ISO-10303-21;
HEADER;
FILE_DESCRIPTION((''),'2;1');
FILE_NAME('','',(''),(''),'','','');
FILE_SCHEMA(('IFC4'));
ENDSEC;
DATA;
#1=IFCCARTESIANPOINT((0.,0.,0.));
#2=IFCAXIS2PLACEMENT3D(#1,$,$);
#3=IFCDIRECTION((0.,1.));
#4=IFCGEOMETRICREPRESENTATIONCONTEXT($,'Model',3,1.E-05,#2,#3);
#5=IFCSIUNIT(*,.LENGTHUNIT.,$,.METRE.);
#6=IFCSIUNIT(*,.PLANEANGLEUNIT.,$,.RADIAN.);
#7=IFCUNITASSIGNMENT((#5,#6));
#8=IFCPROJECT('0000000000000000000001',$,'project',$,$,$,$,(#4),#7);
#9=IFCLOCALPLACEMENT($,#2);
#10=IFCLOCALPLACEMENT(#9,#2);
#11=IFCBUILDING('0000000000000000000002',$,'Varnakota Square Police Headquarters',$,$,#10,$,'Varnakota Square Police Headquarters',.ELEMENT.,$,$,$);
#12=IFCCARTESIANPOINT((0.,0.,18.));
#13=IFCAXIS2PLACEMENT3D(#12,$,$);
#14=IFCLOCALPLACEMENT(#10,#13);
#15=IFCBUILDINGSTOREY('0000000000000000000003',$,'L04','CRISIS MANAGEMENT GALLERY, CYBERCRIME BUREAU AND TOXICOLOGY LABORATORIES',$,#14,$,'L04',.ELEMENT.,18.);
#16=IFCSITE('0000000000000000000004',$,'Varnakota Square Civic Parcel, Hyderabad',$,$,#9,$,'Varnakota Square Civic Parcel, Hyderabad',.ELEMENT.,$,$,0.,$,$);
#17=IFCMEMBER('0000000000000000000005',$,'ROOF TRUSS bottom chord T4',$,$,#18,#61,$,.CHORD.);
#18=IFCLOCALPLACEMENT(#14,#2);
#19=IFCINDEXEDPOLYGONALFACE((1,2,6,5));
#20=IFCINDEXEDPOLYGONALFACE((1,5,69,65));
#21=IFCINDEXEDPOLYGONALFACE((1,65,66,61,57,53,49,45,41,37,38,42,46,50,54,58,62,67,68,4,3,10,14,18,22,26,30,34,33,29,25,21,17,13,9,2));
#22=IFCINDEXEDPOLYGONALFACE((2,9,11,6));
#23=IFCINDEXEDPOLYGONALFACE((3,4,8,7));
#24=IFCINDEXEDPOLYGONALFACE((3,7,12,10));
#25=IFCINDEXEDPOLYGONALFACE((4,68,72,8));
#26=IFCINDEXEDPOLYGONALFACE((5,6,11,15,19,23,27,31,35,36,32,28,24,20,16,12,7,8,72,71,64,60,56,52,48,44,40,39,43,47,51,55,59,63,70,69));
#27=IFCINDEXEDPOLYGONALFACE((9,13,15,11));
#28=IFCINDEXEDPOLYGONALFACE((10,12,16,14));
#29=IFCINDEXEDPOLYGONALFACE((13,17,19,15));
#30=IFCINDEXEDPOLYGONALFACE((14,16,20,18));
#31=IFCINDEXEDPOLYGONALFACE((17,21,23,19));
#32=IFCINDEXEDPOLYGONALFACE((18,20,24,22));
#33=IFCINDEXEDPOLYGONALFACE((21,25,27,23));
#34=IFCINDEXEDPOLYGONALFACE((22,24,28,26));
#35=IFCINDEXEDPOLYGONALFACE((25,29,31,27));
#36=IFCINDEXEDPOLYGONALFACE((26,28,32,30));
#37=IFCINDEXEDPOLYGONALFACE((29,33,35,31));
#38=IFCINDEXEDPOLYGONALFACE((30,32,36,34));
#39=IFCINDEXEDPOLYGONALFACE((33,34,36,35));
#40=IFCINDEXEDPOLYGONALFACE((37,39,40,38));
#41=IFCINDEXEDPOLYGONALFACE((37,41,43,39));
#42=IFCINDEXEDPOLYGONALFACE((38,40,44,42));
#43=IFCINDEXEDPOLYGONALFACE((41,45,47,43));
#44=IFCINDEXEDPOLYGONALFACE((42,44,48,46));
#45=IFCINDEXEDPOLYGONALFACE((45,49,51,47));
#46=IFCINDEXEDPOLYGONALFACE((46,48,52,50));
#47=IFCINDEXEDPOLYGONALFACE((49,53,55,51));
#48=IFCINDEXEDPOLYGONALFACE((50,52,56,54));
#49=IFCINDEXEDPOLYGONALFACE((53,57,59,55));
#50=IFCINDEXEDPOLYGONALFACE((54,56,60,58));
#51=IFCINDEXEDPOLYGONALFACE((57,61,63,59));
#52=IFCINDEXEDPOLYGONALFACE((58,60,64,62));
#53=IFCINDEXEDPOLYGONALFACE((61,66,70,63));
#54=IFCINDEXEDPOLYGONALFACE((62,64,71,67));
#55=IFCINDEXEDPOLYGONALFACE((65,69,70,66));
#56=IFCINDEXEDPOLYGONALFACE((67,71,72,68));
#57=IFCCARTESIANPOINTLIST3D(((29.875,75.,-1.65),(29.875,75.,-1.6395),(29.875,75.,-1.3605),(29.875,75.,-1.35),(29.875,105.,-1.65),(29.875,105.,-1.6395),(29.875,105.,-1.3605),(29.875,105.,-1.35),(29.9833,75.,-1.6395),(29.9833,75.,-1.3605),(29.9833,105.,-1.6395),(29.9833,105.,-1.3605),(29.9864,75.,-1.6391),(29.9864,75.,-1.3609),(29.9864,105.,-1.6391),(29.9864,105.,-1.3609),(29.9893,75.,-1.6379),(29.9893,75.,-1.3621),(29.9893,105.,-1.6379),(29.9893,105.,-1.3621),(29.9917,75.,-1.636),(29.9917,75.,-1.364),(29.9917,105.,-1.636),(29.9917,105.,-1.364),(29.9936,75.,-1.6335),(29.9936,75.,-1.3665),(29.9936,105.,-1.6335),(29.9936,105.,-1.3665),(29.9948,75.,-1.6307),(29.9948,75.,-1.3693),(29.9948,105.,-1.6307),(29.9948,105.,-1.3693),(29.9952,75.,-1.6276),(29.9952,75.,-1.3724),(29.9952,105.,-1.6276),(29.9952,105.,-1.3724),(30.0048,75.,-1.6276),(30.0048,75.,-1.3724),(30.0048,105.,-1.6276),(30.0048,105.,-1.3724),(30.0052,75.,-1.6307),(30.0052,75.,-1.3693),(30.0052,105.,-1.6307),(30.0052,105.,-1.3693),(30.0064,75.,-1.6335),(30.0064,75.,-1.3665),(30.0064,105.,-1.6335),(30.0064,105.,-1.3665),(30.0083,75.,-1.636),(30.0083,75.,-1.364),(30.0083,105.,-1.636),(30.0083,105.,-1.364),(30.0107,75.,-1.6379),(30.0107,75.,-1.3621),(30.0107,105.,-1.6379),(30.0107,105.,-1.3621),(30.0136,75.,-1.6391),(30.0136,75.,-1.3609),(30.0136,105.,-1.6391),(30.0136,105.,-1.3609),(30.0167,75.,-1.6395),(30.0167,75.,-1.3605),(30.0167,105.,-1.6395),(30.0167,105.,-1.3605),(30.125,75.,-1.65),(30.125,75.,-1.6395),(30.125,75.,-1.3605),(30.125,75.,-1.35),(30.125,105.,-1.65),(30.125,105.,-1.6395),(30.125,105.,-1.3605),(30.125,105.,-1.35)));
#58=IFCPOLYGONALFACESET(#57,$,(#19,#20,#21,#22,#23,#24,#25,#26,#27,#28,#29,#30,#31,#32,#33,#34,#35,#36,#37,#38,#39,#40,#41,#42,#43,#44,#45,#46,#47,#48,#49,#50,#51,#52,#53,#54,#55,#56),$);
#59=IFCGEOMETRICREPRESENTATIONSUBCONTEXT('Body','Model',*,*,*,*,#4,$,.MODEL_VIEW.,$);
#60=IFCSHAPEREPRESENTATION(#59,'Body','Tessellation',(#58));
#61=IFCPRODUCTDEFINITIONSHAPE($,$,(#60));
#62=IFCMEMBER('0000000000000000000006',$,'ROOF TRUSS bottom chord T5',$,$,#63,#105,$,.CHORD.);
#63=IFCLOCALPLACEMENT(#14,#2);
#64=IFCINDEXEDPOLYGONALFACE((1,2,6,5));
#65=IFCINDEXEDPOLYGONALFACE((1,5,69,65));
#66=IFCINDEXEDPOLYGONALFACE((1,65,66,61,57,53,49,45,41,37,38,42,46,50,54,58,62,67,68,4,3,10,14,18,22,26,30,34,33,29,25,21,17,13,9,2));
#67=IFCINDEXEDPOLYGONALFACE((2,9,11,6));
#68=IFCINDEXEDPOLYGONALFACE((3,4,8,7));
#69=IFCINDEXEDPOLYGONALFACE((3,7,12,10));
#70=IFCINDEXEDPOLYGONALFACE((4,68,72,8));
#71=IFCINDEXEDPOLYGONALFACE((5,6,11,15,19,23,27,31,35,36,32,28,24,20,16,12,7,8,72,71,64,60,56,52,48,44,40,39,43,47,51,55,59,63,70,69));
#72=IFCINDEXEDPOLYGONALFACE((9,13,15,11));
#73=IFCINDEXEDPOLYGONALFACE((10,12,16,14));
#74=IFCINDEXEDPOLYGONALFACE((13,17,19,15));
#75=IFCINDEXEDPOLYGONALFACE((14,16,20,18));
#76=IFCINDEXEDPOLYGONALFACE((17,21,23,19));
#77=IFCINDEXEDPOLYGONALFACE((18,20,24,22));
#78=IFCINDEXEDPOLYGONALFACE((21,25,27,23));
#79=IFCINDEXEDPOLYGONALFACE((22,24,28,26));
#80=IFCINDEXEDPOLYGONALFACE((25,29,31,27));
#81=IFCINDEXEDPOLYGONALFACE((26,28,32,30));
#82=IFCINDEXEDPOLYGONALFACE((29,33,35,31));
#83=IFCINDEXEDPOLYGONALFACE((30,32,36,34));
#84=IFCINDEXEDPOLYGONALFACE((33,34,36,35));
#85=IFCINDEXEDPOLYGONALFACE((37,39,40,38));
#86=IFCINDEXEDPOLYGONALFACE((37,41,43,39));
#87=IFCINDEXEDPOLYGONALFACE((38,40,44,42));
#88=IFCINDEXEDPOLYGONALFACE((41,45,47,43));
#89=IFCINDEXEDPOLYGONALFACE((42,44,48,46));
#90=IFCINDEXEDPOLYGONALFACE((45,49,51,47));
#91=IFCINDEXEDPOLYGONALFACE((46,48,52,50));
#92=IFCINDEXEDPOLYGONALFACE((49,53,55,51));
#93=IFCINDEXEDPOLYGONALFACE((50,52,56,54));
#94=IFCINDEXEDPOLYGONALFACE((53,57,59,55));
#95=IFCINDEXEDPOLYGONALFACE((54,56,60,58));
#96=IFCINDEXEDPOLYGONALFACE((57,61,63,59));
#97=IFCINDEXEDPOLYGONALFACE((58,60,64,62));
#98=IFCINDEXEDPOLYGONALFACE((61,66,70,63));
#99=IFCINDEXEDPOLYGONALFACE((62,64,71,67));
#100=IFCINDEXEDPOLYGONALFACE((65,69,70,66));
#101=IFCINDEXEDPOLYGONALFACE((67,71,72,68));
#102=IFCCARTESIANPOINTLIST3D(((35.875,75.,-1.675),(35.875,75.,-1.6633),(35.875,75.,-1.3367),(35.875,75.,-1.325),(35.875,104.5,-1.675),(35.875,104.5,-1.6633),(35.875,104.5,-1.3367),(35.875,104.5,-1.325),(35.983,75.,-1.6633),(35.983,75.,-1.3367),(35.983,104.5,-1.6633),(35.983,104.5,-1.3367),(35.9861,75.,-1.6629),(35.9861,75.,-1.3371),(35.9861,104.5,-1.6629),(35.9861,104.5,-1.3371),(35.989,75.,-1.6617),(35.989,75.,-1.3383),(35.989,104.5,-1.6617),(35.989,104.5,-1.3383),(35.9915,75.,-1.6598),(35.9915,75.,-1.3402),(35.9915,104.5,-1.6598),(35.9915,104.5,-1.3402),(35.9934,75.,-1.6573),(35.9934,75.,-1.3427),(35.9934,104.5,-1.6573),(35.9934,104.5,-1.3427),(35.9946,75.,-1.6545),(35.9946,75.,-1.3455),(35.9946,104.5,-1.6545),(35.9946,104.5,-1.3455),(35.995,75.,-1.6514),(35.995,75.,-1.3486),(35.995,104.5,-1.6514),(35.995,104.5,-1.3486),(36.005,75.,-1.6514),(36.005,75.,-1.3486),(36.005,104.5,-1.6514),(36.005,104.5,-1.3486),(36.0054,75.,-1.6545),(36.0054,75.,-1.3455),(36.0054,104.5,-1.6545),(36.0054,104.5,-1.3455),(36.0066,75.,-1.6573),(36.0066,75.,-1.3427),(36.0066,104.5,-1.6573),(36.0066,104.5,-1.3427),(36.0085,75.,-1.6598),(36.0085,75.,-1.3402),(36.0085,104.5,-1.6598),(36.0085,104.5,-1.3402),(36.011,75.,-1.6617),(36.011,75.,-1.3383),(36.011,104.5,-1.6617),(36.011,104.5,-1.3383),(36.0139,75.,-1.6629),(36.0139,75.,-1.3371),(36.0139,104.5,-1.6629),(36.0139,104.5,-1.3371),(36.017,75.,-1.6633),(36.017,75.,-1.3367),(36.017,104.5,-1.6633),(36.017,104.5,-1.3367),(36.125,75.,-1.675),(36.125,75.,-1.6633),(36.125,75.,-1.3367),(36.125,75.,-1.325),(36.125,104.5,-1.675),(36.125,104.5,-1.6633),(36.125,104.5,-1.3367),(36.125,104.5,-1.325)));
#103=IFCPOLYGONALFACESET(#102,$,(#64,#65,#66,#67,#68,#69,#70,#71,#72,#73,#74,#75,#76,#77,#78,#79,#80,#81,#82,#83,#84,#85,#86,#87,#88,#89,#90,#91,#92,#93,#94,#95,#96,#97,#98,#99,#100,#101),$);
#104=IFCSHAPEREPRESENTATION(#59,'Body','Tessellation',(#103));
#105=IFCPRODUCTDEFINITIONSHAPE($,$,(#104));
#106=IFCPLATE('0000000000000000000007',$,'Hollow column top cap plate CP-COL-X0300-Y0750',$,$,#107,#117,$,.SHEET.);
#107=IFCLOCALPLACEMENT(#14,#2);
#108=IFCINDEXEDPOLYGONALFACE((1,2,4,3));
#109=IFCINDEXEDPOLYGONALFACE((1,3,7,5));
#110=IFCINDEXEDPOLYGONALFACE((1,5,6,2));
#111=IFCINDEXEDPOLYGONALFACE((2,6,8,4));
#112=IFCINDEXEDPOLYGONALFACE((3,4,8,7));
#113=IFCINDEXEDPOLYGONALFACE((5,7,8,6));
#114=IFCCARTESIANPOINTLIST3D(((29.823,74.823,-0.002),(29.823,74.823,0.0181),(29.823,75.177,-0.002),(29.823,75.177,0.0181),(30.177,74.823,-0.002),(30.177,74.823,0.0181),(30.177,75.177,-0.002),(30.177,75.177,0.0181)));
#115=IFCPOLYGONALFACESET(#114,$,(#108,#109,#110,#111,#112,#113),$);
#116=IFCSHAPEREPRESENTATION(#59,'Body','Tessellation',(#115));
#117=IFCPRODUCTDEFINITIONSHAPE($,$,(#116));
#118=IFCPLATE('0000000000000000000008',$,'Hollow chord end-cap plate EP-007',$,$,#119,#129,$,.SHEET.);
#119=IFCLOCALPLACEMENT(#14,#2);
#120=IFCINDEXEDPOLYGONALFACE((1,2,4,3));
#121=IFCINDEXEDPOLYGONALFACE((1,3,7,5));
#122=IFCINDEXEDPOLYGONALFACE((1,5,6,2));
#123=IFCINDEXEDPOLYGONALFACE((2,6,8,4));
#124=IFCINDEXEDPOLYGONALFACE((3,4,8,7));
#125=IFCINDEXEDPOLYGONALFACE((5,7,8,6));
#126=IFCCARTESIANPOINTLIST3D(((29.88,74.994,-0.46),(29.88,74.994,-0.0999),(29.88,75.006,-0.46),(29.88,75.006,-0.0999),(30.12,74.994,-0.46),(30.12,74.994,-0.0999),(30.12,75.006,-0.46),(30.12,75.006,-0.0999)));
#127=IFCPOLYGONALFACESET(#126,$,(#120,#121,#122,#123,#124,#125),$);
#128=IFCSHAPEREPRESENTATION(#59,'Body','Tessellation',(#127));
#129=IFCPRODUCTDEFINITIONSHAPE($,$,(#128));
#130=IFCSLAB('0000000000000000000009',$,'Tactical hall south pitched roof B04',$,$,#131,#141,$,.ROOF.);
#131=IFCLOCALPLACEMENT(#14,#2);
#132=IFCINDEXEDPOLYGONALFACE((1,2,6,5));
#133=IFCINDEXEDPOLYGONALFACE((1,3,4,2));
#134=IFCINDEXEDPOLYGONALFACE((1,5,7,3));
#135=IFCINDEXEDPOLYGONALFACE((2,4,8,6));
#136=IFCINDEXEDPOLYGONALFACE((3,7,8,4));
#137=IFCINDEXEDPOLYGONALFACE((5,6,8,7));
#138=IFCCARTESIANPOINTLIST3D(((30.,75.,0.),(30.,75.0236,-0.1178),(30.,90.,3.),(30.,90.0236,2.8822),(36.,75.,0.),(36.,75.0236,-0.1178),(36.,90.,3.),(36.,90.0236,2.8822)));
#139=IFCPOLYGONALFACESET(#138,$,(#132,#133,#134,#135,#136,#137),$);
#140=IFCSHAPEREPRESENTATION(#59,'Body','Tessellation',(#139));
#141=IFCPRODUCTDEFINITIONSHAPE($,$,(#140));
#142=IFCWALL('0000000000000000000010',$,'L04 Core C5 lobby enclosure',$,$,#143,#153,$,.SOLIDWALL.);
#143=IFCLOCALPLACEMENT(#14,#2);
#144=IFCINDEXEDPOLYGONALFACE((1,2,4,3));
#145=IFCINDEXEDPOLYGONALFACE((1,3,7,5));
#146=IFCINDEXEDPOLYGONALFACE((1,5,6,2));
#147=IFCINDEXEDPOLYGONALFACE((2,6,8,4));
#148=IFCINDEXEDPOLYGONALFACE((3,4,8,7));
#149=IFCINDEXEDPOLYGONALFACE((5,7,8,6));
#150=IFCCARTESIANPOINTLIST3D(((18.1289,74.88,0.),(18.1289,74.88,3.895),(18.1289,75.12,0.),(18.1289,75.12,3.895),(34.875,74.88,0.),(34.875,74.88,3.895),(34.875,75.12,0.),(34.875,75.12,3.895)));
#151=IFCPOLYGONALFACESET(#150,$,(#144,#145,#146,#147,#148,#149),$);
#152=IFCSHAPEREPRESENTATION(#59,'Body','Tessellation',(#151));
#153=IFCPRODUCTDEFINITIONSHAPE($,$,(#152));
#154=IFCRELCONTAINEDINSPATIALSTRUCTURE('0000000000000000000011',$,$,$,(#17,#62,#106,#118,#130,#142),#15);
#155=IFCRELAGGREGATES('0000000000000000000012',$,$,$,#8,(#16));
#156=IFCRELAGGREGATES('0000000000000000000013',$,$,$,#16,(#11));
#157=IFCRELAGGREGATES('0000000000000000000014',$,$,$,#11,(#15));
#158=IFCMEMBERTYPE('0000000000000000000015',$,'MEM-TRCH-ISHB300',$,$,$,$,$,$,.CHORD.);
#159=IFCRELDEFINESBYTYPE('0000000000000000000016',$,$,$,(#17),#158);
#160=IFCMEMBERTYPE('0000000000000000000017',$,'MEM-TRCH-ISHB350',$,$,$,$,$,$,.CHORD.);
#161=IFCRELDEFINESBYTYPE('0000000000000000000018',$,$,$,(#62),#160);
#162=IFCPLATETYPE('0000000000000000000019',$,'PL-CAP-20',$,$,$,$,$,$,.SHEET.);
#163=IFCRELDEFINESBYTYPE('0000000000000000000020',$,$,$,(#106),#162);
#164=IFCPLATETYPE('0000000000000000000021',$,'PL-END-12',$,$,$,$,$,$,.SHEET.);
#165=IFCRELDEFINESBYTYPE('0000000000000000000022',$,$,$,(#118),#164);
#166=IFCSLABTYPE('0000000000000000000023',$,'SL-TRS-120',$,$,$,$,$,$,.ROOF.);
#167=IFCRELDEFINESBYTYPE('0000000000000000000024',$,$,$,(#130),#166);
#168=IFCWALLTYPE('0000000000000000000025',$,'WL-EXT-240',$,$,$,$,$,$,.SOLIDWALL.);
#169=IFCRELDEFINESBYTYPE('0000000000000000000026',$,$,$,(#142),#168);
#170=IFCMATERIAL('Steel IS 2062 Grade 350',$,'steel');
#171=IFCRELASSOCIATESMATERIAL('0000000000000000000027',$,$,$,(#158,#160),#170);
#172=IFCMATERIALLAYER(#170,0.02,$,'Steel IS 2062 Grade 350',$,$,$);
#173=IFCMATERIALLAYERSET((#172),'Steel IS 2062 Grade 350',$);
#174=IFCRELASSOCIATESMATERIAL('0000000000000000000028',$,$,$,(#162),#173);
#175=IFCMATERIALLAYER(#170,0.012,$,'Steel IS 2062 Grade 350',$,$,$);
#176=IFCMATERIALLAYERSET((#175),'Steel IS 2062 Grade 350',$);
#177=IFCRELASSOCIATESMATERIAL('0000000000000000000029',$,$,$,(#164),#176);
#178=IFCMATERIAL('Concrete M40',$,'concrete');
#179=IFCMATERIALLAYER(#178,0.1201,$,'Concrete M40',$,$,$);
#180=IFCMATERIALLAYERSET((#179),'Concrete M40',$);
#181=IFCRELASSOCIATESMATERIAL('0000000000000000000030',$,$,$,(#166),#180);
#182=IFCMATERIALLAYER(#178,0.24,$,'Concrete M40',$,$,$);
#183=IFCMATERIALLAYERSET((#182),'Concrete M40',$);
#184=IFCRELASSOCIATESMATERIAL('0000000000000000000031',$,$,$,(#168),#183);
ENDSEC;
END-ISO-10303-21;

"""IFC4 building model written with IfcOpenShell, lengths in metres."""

from ifc_helpers import new_model, si_unit, direction, frame, frame_2d, origin, origin_2d, place, context, subcontext, project, spatial, polyline, rectangle, i_section, outline, extrude, material, layer, layer_set, material_profile, profile_set, type_object, element, save


model = new_model("IFC4")

# Units and contexts
model_context = context("Model", 3, precision=1e-05, world=origin(), true_north=direction((0.0, 1.0)))
body_context = subcontext(model_context, "Body", "Model", "MODEL_VIEW")
ifc_project = project(units=[si_unit("LENGTHUNIT", "METRE"), si_unit("PLANEANGLEUNIT", "RADIAN")], contexts=[model_context])

# Site, building, storey
site_placement = place(None, origin())
site = spatial("IfcSite", under=ifc_project, at=site_placement, Name="Varnakota Square Civic Parcel, Hyderabad", LongName="Varnakota Square Civic Parcel, Hyderabad", CompositionType="ELEMENT", RefElevation=0.0)
building_placement = place(site_placement, origin())
building = spatial("IfcBuilding", under=site, at=building_placement, Name="Varnakota Square Police Headquarters", LongName="Varnakota Square Police Headquarters", CompositionType="ELEMENT")
storey_placement = place(building_placement, frame((0.0, 0.0, 18.0)))
storey = spatial("IfcBuildingStorey", under=building, at=storey_placement, Name="L04", Description="CRISIS MANAGEMENT GALLERY, CYBERCRIME BUREAU AND TOXICOLOGY LABORATORIES", LongName="L04", CompositionType="ELEMENT", Elevation=18.0)

# Shared definitions
ifc_material_1 = material(Name="Steel IS 2062 Grade 350", Category="steel")

# Members
ifc_material_profile_1 = material_profile(ifc_material_1, i_section(OverallWidth=0.25, OverallDepth=0.3, WebThickness=0.0095, FlangeThickness=0.0105, FilletRadius=0.012, at=origin_2d()), Name="ISHB 300")
ifc_profile_set_1 = profile_set([ifc_material_profile_1], Name="Steel IS 2062 Grade 350")
member_type_1 = type_object("IfcMemberType", Name="MEM-TRCH-ISHB300", PredefinedType="CHORD", material=ifc_profile_set_1)
member_1_placement = place(storey_placement, frame((30.0, 75.0, -1.5), z_axis=(0.0, 1.0, 0.0), x_axis=(-1.0, 0.0, 0.0)))
element("IfcMember", 1, at=member_1_placement, inside=storey, type_object=member_type_1, Name="ROOF TRUSS bottom chord T4", PredefinedType="CHORD", context=body_context, shape_type="SweptSolid", body=[
    extrude(i_section(OverallWidth=0.25, OverallDepth=0.3, WebThickness=0.0095, FlangeThickness=0.0105, FilletRadius=0.012, at=origin_2d()), origin(), (0.0, 0.0, 1.0), 30.0),
])
ifc_material_profile_2 = material_profile(ifc_material_1, i_section(OverallWidth=0.25, OverallDepth=0.3501, WebThickness=0.01, FlangeThickness=0.0117, FilletRadius=0.012, at=origin_2d()), Name="ISHB 350")
ifc_profile_set_2 = profile_set([ifc_material_profile_2], Name="Steel IS 2062 Grade 350")
member_type_2 = type_object("IfcMemberType", Name="MEM-TRCH-ISHB350", PredefinedType="CHORD", material=ifc_profile_set_2)
member_2_placement = place(storey_placement, frame((36.0, 75.0, -1.5), z_axis=(0.0, 1.0, 0.0), x_axis=(-1.0, 0.0, 0.0)))
element("IfcMember", 2, at=member_2_placement, inside=storey, type_object=member_type_2, Name="ROOF TRUSS bottom chord T5", PredefinedType="CHORD", context=body_context, shape_type="SweptSolid", body=[
    extrude(i_section(OverallWidth=0.25, OverallDepth=0.3501, WebThickness=0.01, FlangeThickness=0.0117, FilletRadius=0.012, at=origin_2d()), origin(), (0.0, 0.0, 1.0), 29.5),
])

# Plates
ifc_layer_1 = layer(ifc_material_1, 0.02, Name="Steel IS 2062 Grade 350")
ifc_layer_set_1 = layer_set([ifc_layer_1], Name="Steel IS 2062 Grade 350")
plate_type_1 = type_object("IfcPlateType", Name="PL-CAP-20", PredefinedType="SHEET", material=ifc_layer_set_1)
plate_1_placement = place(storey_placement, frame((30.0, 75.0, -0.002), z_axis=(0.0, 0.0, 1.0), x_axis=(1.0, 0.0, 0.0)))
element("IfcPlate", 3, at=plate_1_placement, inside=storey, type_object=plate_type_1, Name="Hollow column top cap plate CP-COL-X0300-Y0750", PredefinedType="SHEET", context=body_context, shape_type="SweptSolid", body=[
    extrude(rectangle(XDim=0.354, YDim=0.354, at=origin_2d()), origin(), (0.0, 0.0, 1.0), 0.02),
])
ifc_layer_2 = layer(ifc_material_1, 0.012, Name="Steel IS 2062 Grade 350")
ifc_layer_set_2 = layer_set([ifc_layer_2], Name="Steel IS 2062 Grade 350")
plate_type_2 = type_object("IfcPlateType", Name="PL-END-12", PredefinedType="SHEET", material=ifc_layer_set_2)
plate_2_placement = place(storey_placement, frame((30.0, 75.0, -0.46), z_axis=(0.0, 0.0, 1.0), x_axis=(1.0, 0.0, 0.0)))
element("IfcPlate", 4, at=plate_2_placement, inside=storey, type_object=plate_type_2, Name="Hollow chord end-cap plate EP-007", PredefinedType="SHEET", context=body_context, shape_type="SweptSolid", body=[
    extrude(rectangle(XDim=0.24, YDim=0.012, at=origin_2d()), origin(), (0.0, 0.0, 1.0), 0.3601),
])

# Slab
ifc_material_2 = material(Name="Concrete M40", Category="concrete")
ifc_layer_3 = layer(ifc_material_2, 0.1201, Name="Concrete M40")
ifc_layer_set_3 = layer_set([ifc_layer_3], Name="Concrete M40")
slab_type = type_object("IfcSlabType", Name="SL-TRS-120", PredefinedType="ROOF", material=ifc_layer_set_3)
slab_placement = place(storey_placement, frame((30.0, 75.0, 0.0), z_axis=(0.0, -0.196116, 0.980581), x_axis=(1.0, 0.0, 0.0)))
element("IfcSlab", 5, at=slab_placement, inside=storey, type_object=slab_type, Name="Tactical hall south pitched roof B04", PredefinedType="ROOF", context=body_context, shape_type="SweptSolid", body=[
    extrude(outline(polyline([(0.0, 0.0), (6.0, 0.0), (6.0, 15.2971), (0.0, 15.2971), (0.0, 0.0)])), origin(), (0.0, 0.0, -1.0), 0.1201),
])

# Wall
ifc_layer_4 = layer(ifc_material_2, 0.24, Name="Concrete M40")
ifc_layer_set_4 = layer_set([ifc_layer_4], Name="Concrete M40")
wall_type = type_object("IfcWallType", Name="WL-EXT-240", PredefinedType="SOLIDWALL", material=ifc_layer_set_4)
wall_placement = place(storey_placement, frame((18.1289, 75.0, 0.0), z_axis=(0.0, 0.0, 1.0), x_axis=(1.0, 0.0, 0.0)))
element("IfcWall", 6, at=wall_placement, inside=storey, type_object=wall_type, Name="L04 Core C5 lobby enclosure", PredefinedType="SOLIDWALL", context=body_context, shape_type="SweptSolid", body=[
    extrude(rectangle(XDim=16.7461, YDim=0.24, at=frame_2d((8.373, 0.0))), origin(), (0.0, 0.0, 1.0), 3.895),
])

save(model, "model.ifc")
